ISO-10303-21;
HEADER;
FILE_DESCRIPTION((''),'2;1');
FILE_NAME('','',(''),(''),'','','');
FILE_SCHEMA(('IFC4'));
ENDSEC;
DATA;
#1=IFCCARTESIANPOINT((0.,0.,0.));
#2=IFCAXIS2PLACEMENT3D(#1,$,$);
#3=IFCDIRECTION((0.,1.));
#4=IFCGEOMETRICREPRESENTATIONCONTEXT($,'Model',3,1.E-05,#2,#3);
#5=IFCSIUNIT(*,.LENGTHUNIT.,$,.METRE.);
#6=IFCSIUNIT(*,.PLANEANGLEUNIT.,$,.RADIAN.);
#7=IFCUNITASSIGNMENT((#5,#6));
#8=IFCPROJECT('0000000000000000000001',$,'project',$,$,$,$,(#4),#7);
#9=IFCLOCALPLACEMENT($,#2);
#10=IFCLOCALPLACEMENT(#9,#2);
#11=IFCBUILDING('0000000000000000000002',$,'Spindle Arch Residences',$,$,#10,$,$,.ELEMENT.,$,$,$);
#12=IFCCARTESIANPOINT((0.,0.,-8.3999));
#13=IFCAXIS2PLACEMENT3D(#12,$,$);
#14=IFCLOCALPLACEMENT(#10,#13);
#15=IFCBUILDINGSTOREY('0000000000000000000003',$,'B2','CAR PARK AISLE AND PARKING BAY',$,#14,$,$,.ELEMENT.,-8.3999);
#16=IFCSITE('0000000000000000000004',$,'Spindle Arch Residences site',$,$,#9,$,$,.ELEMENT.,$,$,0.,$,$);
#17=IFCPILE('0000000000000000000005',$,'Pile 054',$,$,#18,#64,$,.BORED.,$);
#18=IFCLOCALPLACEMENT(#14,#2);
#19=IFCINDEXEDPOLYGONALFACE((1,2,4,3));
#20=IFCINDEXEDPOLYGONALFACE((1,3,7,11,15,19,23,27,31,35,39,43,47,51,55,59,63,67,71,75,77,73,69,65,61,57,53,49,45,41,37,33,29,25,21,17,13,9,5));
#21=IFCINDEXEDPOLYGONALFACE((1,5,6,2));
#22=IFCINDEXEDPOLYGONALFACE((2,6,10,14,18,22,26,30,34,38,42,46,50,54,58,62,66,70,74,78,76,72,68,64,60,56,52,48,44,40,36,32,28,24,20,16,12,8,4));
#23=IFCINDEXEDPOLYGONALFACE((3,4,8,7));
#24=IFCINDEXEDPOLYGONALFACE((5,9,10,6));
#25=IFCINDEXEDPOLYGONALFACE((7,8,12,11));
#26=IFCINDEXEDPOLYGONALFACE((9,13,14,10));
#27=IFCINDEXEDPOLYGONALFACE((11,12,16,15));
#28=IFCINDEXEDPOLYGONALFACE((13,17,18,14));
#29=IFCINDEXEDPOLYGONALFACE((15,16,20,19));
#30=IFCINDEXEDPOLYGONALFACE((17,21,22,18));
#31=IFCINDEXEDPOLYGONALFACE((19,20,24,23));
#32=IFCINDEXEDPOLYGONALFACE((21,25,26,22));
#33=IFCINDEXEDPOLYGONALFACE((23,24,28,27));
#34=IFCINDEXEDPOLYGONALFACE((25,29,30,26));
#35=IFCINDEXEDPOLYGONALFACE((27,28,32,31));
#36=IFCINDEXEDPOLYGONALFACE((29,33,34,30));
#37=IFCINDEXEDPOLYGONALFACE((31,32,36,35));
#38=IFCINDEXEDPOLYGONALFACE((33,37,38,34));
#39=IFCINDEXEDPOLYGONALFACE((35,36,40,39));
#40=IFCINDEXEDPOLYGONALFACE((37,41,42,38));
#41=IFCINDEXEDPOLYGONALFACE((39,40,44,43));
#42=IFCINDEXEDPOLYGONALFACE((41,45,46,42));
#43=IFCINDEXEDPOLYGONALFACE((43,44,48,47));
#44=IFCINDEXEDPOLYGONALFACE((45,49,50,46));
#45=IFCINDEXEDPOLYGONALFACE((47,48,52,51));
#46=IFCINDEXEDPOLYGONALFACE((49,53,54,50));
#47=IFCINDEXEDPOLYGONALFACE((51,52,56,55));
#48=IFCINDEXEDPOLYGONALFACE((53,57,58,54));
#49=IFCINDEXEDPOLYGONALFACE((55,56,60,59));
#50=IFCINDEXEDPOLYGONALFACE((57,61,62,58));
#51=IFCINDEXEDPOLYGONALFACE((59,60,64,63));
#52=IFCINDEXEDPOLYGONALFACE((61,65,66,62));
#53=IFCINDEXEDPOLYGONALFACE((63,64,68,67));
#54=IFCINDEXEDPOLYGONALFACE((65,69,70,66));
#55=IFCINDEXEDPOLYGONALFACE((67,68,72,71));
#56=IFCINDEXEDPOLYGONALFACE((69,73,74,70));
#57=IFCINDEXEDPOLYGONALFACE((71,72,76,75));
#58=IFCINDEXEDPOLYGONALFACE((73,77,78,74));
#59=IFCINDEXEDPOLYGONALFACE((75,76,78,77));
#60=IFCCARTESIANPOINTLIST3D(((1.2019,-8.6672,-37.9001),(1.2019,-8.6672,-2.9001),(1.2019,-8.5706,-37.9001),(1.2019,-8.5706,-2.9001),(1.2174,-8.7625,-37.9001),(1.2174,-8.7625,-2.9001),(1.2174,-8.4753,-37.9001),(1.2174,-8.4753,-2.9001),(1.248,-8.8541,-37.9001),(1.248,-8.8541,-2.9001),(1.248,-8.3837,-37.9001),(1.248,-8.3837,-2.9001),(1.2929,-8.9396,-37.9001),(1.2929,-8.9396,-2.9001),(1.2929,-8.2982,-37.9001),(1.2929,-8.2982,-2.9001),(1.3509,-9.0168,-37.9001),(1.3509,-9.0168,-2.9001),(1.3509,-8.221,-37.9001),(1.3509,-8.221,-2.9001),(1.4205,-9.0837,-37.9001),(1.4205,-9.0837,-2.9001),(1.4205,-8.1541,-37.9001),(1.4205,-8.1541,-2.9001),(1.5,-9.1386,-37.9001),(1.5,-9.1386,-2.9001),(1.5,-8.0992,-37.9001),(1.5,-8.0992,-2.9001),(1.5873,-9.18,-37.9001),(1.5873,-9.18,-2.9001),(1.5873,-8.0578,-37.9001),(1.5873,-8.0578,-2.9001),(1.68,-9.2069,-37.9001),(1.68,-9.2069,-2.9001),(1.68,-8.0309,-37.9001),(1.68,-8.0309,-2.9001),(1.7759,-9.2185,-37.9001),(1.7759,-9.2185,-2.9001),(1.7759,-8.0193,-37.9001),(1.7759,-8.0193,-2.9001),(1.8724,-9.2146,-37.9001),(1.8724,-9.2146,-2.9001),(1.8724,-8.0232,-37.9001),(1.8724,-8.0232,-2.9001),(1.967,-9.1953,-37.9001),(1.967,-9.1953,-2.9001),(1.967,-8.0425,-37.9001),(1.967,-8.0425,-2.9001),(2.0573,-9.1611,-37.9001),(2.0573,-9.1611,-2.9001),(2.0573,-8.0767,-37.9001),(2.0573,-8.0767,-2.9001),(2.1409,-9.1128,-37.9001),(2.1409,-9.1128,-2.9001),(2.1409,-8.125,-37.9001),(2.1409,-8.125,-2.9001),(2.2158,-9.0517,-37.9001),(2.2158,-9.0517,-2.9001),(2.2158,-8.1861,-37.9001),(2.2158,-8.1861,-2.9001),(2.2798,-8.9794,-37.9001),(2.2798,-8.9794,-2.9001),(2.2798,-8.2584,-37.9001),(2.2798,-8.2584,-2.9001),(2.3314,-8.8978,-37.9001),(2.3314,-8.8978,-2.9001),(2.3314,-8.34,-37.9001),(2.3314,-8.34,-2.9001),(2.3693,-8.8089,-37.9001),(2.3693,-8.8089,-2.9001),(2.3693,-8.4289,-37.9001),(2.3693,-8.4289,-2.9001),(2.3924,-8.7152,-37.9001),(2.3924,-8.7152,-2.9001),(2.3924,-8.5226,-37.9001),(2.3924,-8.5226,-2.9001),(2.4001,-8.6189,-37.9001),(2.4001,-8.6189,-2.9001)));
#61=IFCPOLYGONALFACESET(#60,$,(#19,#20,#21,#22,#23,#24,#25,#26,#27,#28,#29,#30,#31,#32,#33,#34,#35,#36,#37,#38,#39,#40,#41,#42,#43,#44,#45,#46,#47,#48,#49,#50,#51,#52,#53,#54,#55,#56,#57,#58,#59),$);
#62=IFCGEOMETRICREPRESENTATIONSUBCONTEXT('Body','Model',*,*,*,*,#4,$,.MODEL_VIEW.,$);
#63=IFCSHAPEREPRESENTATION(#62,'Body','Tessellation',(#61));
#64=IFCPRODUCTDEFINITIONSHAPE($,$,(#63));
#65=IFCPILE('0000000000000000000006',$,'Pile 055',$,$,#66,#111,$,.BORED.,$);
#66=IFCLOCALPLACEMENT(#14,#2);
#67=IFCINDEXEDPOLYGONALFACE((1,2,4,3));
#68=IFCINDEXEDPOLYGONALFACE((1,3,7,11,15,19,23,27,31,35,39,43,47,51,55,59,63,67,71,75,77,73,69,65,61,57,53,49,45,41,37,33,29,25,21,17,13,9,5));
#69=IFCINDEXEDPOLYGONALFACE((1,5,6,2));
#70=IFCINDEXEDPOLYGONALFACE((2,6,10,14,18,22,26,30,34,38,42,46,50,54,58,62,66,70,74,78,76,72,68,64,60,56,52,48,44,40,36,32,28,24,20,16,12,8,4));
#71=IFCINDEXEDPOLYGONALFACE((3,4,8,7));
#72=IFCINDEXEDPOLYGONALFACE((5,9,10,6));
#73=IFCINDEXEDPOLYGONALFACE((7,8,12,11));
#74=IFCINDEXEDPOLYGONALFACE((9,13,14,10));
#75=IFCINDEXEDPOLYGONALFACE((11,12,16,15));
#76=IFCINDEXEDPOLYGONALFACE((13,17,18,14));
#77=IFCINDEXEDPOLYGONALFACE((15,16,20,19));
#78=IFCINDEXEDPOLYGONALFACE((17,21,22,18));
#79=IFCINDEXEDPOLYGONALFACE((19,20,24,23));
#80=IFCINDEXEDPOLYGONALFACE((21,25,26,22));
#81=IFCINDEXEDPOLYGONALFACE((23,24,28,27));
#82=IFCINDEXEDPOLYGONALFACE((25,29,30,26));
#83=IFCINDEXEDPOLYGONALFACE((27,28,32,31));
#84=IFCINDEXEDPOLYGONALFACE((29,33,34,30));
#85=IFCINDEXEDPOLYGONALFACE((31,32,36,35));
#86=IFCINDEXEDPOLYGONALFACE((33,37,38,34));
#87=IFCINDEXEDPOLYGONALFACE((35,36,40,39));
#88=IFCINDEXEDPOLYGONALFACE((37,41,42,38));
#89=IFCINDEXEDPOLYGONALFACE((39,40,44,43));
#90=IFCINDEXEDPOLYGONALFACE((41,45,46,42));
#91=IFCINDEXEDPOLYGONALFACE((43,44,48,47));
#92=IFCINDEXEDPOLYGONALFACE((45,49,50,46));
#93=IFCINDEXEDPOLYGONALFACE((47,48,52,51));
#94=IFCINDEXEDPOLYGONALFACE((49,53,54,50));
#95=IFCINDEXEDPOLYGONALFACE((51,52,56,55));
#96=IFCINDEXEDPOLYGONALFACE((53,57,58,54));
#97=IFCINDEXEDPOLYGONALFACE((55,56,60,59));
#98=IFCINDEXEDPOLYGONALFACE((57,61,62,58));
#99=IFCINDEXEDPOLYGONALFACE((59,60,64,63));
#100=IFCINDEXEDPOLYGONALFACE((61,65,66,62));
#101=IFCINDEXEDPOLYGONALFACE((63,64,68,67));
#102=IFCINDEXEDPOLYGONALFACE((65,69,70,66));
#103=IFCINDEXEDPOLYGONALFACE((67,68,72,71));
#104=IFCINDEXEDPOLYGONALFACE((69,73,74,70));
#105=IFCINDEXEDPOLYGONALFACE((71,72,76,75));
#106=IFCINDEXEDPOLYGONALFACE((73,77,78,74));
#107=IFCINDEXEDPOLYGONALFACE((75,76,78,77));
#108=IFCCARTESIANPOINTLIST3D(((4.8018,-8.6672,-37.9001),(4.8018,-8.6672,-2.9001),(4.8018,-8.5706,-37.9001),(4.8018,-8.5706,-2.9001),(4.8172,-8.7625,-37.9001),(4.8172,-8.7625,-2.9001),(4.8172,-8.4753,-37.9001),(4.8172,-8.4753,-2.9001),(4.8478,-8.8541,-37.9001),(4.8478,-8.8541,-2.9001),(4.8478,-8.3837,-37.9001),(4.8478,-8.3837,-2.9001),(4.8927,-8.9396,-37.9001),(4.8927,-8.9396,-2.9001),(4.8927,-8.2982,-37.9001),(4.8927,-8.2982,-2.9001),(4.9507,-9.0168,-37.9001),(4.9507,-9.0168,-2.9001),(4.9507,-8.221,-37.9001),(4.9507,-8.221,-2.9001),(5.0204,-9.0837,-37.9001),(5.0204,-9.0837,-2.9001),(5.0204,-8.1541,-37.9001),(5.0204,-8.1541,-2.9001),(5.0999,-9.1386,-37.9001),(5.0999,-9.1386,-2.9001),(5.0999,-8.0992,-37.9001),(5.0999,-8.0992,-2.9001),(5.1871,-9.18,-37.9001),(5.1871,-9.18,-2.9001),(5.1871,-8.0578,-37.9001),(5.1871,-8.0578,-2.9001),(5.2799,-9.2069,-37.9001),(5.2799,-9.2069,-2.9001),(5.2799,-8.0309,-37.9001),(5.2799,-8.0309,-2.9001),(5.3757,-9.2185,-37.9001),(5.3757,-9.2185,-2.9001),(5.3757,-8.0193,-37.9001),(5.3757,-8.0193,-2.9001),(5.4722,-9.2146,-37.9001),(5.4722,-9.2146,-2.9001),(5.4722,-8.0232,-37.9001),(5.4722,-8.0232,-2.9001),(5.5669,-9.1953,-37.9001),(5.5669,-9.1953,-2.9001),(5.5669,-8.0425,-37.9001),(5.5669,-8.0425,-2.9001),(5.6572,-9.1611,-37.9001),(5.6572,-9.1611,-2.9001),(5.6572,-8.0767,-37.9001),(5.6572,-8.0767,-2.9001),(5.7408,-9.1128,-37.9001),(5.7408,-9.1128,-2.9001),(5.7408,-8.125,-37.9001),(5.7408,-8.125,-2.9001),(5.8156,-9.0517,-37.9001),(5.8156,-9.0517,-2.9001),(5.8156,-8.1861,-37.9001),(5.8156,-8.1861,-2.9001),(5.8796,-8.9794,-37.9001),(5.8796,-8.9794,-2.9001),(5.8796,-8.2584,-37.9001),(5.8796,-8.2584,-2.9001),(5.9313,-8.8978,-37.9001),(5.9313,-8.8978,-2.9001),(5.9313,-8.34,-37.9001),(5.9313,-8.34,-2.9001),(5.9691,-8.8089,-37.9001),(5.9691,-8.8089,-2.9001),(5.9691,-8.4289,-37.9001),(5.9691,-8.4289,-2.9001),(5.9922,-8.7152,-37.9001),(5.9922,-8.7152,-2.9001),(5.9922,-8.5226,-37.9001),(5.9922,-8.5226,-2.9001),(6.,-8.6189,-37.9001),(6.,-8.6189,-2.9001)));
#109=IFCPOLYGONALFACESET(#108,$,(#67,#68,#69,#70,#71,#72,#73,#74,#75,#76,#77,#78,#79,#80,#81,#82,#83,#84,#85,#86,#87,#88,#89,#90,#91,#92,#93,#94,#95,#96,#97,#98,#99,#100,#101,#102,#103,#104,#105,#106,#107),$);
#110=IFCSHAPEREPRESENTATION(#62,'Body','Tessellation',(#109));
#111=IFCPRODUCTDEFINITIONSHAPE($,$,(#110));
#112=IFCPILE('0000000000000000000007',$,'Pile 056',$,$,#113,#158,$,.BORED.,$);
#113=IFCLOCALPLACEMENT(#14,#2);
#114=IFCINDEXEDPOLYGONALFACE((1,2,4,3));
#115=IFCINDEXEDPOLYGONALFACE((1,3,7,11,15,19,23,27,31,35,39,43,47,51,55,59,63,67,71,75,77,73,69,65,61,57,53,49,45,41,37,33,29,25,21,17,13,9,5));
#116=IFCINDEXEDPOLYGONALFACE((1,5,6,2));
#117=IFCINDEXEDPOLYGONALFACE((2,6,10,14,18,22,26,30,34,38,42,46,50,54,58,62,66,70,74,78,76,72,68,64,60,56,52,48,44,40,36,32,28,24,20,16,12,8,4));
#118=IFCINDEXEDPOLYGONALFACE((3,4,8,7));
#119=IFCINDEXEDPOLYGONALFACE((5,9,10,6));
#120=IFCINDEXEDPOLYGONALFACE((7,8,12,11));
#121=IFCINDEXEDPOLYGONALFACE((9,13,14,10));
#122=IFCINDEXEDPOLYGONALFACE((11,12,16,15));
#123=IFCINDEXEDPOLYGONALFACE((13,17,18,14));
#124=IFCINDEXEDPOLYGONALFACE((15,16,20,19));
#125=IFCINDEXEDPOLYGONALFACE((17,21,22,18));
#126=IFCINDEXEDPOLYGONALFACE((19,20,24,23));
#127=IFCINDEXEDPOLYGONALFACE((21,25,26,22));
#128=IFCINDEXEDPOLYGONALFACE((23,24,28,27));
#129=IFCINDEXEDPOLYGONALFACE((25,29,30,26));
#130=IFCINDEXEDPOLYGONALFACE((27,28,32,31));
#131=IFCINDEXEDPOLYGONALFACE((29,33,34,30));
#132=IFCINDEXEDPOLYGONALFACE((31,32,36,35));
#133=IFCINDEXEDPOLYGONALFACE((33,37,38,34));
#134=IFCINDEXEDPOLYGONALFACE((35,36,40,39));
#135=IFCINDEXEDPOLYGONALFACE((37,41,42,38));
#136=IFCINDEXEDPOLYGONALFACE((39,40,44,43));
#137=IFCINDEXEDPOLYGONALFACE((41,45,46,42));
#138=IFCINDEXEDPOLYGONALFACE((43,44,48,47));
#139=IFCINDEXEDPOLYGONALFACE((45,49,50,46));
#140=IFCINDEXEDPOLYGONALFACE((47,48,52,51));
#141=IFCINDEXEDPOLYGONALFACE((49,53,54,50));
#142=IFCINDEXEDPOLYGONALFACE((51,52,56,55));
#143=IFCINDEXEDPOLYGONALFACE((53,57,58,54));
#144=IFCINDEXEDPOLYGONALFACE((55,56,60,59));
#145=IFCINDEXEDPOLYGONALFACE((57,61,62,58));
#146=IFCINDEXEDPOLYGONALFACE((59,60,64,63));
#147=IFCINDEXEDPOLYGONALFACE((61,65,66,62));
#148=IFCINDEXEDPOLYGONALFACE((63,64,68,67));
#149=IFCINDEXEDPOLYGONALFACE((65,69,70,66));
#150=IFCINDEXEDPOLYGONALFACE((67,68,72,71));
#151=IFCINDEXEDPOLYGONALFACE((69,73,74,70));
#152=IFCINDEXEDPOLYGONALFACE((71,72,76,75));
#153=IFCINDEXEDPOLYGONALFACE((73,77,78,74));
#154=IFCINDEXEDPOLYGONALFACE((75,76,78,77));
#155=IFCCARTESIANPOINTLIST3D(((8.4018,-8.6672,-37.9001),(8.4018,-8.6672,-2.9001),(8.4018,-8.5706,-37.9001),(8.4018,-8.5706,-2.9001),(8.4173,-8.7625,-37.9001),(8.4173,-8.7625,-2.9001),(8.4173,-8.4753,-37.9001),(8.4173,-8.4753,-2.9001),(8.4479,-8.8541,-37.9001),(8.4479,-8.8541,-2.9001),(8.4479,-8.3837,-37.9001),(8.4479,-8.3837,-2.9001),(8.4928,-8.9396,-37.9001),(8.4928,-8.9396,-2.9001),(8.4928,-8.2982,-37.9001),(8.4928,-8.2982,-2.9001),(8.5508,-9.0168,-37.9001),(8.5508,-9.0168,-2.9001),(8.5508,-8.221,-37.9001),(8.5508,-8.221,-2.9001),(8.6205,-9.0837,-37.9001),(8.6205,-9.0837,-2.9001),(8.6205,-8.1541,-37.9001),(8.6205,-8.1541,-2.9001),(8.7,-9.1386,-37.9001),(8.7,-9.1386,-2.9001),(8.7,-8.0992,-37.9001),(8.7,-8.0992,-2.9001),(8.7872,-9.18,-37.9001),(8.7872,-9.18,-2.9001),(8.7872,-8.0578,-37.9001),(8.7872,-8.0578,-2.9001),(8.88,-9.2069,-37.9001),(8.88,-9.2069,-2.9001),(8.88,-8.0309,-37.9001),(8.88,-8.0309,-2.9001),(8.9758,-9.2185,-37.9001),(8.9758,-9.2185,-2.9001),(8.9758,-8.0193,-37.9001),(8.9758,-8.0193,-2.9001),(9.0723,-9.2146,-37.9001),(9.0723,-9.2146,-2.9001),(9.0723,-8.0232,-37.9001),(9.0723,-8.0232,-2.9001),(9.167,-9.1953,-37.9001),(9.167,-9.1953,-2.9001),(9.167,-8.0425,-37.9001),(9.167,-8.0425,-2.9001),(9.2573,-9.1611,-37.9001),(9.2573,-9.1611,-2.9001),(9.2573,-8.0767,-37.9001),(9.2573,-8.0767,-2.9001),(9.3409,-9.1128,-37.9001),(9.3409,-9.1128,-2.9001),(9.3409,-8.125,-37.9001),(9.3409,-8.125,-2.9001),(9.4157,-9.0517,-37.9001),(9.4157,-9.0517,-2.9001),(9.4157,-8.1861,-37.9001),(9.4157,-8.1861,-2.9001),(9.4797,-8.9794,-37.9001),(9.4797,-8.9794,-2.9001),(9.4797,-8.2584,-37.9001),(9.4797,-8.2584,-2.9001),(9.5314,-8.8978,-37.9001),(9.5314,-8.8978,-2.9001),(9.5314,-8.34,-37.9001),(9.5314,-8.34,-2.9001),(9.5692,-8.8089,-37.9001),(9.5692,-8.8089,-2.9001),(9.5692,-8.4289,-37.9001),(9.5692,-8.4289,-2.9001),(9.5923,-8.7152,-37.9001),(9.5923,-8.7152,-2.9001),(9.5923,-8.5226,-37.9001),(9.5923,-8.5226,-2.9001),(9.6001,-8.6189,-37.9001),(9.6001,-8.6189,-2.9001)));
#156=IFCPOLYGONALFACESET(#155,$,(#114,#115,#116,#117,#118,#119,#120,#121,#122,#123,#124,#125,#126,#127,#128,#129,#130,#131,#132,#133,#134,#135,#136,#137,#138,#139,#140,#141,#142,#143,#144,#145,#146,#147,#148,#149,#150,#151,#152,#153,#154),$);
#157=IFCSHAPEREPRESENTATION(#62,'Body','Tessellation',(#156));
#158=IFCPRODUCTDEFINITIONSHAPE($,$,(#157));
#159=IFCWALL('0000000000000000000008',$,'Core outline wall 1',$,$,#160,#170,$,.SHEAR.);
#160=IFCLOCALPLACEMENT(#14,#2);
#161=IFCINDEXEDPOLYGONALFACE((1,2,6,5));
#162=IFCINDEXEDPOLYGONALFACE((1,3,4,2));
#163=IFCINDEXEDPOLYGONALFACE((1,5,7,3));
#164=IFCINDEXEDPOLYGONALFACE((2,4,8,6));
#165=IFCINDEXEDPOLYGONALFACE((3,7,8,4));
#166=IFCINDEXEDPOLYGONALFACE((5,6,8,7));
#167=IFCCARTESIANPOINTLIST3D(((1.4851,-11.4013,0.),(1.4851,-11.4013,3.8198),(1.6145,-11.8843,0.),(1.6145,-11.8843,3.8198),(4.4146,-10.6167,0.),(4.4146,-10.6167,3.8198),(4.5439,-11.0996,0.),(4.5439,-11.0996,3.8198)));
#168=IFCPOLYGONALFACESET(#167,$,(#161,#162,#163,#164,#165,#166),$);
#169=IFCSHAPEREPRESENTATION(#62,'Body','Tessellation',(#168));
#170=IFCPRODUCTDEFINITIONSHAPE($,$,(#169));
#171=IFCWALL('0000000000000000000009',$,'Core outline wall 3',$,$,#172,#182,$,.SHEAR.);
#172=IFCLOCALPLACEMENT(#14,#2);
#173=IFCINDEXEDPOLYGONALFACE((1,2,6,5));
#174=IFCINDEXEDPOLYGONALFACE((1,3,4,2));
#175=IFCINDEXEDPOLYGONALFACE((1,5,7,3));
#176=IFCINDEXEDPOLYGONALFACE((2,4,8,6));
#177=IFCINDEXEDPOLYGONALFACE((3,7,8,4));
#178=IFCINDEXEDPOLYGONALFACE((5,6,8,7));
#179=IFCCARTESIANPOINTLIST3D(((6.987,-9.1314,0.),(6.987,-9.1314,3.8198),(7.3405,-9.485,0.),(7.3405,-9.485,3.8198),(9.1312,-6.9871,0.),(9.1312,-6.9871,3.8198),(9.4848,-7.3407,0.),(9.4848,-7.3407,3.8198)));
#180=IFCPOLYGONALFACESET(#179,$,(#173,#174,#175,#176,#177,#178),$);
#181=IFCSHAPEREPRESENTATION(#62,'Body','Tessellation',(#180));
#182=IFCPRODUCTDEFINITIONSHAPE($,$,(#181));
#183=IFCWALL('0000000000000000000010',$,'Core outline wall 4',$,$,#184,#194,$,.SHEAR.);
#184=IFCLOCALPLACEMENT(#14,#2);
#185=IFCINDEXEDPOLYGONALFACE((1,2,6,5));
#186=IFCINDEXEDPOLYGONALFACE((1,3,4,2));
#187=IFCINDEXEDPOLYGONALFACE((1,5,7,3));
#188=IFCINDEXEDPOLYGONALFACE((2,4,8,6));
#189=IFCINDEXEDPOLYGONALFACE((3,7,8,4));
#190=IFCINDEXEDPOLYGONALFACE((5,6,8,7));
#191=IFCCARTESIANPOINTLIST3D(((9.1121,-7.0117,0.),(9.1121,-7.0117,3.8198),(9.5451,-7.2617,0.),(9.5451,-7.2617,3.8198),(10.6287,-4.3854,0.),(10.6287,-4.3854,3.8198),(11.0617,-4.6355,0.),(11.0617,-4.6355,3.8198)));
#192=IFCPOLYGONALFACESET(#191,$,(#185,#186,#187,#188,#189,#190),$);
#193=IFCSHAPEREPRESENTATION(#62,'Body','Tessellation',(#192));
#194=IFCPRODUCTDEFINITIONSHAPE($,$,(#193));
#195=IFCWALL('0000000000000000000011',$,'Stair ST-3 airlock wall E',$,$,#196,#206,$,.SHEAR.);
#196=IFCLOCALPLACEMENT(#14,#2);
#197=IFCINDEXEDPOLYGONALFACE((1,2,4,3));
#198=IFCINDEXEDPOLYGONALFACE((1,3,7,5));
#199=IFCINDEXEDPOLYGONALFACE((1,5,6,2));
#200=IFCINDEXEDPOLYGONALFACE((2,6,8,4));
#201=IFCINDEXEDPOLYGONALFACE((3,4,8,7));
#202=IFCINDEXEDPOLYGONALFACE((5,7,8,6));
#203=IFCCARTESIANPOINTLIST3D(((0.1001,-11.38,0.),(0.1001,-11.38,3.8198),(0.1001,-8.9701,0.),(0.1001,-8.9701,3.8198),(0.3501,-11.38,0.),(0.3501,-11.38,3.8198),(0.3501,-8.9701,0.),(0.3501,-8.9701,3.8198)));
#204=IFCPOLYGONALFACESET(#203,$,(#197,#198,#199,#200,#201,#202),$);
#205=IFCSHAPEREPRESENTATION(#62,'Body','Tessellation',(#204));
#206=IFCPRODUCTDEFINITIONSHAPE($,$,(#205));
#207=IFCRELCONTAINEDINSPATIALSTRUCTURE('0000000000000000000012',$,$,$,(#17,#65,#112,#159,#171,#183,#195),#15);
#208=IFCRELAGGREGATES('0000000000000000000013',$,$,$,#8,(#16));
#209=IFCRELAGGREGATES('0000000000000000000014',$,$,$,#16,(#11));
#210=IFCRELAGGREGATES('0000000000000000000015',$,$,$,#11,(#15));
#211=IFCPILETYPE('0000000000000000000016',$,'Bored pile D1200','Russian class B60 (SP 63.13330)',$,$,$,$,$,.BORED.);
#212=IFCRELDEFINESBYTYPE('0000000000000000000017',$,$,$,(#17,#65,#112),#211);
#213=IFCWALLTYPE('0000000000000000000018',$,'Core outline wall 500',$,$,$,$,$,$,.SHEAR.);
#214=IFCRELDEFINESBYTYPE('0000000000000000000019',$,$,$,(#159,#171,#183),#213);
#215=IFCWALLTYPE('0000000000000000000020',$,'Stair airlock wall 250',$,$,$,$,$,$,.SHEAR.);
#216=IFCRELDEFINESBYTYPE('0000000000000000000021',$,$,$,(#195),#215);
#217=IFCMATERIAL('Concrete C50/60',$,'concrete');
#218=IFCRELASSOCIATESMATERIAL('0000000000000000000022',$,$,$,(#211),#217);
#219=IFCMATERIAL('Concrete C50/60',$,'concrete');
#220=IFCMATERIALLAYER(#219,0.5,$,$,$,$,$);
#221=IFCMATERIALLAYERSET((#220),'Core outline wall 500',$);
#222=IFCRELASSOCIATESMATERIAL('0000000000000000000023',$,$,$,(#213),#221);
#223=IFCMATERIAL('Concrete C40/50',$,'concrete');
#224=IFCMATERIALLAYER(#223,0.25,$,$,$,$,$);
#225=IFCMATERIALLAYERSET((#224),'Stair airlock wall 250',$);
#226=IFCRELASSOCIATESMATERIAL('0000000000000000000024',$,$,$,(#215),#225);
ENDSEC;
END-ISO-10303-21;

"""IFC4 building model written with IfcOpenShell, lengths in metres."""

from ifc_helpers import new_model, si_unit, direction, frame, frame_2d, origin, origin_2d, place, context, subcontext, project, spatial, rectangle, circle, extrude, material, layer, layer_set, material_profile, profile_set, type_object, element, save


model = new_model("IFC4")

# Units and contexts
model_context = context("Model", 3, precision=1e-05, world=origin(), true_north=direction((0.0, 1.0)))
body_context = subcontext(model_context, "Body", "Model", "MODEL_VIEW")
ifc_project = project(units=[si_unit("LENGTHUNIT", "METRE"), si_unit("PLANEANGLEUNIT", "RADIAN")], contexts=[model_context])

# Site, building, storey
site_placement = place(None, origin())
site = spatial("IfcSite", under=ifc_project, at=site_placement, Name="Spindle Arch Residences site", CompositionType="ELEMENT", RefElevation=0.0)
building_placement = place(site_placement, origin())
building = spatial("IfcBuilding", under=site, at=building_placement, Name="Spindle Arch Residences", CompositionType="ELEMENT")
storey_placement = place(building_placement, frame((0.0, 0.0, -8.3999)))
storey = spatial("IfcBuildingStorey", under=building, at=storey_placement, Name="B2", Description="CAR PARK AISLE AND PARKING BAY", CompositionType="ELEMENT", Elevation=-8.3999)

# Piles
ifc_material_1 = material(Name="Concrete C50/60", Category="concrete")
ifc_material_profile = material_profile(ifc_material_1, circle(Radius=0.6001, at=origin_2d()), Name="BP D1200")
ifc_profile_set = profile_set([ifc_material_profile], Name="Concrete C50/60")
pile_type = type_object("IfcPileType", Name="Bored pile D1200", Description="Russian class B60 (SP 63.13330)", PredefinedType="BORED", material=ifc_profile_set)
for number, where, z_axis, x_axis, name in (
    (1, (1.8, -8.6189, -2.9001), (0.0, 0.0, -1.0), (1.0, 0.0, 0.0), "Pile 054"),
    (2, (5.3999, -8.6189, -2.9001), (0.0, 0.0, -1.0), (1.0, 0.0, 0.0), "Pile 055"),
    (3, (9.0, -8.6189, -2.9001), (0.0, 0.0, -1.0), (1.0, 0.0, 0.0), "Pile 056"),
):
    element("IfcPile", number, at=place(storey_placement, frame(where, z_axis=z_axis, x_axis=x_axis)), inside=storey, type_object=pile_type, Name=name, PredefinedType="BORED", context=body_context, shape_type="SweptSolid", body=[
        extrude(circle(Radius=0.6001, at=origin_2d()), origin(), (0.0, 0.0, 1.0), 35.0),
    ])

# Wall
ifc_material_2 = material(Name="Concrete C50/60", Category="concrete")
ifc_layer_1 = layer(ifc_material_2, 0.5)
ifc_layer_set_1 = layer_set([ifc_layer_1], Name="Core outline wall 500")
wall_type_1 = type_object("IfcWallType", Name="Core outline wall 500", PredefinedType="SHEAR", material=ifc_layer_set_1)
wall_1_placement = place(storey_placement, frame((1.5498, -11.6428, 0.0), z_axis=(0.0, 0.0, 1.0), x_axis=(0.965948, 0.258735, 0.0)))
element("IfcWall", 4, at=wall_1_placement, inside=storey, type_object=wall_type_1, Name="Core outline wall 1", PredefinedType="SHEAR", context=body_context, shape_type="SweptSolid", body=[
    extrude(rectangle(XDim=3.0327, YDim=0.5, at=frame_2d((1.5164, 0.0))), origin(), (0.0, 0.0, 1.0), 3.8198),
])

# Walls
wall_2_placement = place(storey_placement, frame((7.1638, -9.3081, 0.0), z_axis=(0.0, 0.0, 1.0), x_axis=(0.707107, 0.707107, 0.0)))
element("IfcWall", 5, at=wall_2_placement, inside=storey, type_object=wall_type_1, Name="Core outline wall 3", PredefinedType="SHEAR", context=body_context, shape_type="SweptSolid", body=[
    extrude(rectangle(XDim=3.0325, YDim=0.5, at=frame_2d((1.5161, 0.0))), origin(), (0.0, 0.0, 1.0), 3.8198),
])
wall_3_placement = place(storey_placement, frame((9.3286, -7.1367, 0.0), z_axis=(0.0, 0.0, 1.0), x_axis=(0.500087, 0.865975, 0.0)))
element("IfcWall", 6, at=wall_3_placement, inside=storey, type_object=wall_type_1, Name="Core outline wall 4", PredefinedType="SHEAR", context=body_context, shape_type="SweptSolid", body=[
    extrude(rectangle(XDim=3.0327, YDim=0.5, at=frame_2d((1.5164, 0.0))), origin(), (0.0, 0.0, 1.0), 3.8198),
])
ifc_material_3 = material(Name="Concrete C40/50", Category="concrete")
ifc_layer_2 = layer(ifc_material_3, 0.25)
ifc_layer_set_2 = layer_set([ifc_layer_2], Name="Stair airlock wall 250")
wall_type_2 = type_object("IfcWallType", Name="Stair airlock wall 250", PredefinedType="SHEAR", material=ifc_layer_set_2)
wall_4_placement = place(storey_placement, frame((0.2251, -8.97, 0.0), z_axis=(0.0, 0.0, 1.0), x_axis=(0.0, -1.0, 0.0)))
element("IfcWall", 7, at=wall_4_placement, inside=storey, type_object=wall_type_2, Name="Stair ST-3 airlock wall E", PredefinedType="SHEAR", context=body_context, shape_type="SweptSolid", body=[
    extrude(rectangle(XDim=2.4099, YDim=0.25, at=frame_2d((1.2051, 0.0))), origin(), (0.0, 0.0, 1.0), 3.8198),
])

save(model, "model.ifc")
